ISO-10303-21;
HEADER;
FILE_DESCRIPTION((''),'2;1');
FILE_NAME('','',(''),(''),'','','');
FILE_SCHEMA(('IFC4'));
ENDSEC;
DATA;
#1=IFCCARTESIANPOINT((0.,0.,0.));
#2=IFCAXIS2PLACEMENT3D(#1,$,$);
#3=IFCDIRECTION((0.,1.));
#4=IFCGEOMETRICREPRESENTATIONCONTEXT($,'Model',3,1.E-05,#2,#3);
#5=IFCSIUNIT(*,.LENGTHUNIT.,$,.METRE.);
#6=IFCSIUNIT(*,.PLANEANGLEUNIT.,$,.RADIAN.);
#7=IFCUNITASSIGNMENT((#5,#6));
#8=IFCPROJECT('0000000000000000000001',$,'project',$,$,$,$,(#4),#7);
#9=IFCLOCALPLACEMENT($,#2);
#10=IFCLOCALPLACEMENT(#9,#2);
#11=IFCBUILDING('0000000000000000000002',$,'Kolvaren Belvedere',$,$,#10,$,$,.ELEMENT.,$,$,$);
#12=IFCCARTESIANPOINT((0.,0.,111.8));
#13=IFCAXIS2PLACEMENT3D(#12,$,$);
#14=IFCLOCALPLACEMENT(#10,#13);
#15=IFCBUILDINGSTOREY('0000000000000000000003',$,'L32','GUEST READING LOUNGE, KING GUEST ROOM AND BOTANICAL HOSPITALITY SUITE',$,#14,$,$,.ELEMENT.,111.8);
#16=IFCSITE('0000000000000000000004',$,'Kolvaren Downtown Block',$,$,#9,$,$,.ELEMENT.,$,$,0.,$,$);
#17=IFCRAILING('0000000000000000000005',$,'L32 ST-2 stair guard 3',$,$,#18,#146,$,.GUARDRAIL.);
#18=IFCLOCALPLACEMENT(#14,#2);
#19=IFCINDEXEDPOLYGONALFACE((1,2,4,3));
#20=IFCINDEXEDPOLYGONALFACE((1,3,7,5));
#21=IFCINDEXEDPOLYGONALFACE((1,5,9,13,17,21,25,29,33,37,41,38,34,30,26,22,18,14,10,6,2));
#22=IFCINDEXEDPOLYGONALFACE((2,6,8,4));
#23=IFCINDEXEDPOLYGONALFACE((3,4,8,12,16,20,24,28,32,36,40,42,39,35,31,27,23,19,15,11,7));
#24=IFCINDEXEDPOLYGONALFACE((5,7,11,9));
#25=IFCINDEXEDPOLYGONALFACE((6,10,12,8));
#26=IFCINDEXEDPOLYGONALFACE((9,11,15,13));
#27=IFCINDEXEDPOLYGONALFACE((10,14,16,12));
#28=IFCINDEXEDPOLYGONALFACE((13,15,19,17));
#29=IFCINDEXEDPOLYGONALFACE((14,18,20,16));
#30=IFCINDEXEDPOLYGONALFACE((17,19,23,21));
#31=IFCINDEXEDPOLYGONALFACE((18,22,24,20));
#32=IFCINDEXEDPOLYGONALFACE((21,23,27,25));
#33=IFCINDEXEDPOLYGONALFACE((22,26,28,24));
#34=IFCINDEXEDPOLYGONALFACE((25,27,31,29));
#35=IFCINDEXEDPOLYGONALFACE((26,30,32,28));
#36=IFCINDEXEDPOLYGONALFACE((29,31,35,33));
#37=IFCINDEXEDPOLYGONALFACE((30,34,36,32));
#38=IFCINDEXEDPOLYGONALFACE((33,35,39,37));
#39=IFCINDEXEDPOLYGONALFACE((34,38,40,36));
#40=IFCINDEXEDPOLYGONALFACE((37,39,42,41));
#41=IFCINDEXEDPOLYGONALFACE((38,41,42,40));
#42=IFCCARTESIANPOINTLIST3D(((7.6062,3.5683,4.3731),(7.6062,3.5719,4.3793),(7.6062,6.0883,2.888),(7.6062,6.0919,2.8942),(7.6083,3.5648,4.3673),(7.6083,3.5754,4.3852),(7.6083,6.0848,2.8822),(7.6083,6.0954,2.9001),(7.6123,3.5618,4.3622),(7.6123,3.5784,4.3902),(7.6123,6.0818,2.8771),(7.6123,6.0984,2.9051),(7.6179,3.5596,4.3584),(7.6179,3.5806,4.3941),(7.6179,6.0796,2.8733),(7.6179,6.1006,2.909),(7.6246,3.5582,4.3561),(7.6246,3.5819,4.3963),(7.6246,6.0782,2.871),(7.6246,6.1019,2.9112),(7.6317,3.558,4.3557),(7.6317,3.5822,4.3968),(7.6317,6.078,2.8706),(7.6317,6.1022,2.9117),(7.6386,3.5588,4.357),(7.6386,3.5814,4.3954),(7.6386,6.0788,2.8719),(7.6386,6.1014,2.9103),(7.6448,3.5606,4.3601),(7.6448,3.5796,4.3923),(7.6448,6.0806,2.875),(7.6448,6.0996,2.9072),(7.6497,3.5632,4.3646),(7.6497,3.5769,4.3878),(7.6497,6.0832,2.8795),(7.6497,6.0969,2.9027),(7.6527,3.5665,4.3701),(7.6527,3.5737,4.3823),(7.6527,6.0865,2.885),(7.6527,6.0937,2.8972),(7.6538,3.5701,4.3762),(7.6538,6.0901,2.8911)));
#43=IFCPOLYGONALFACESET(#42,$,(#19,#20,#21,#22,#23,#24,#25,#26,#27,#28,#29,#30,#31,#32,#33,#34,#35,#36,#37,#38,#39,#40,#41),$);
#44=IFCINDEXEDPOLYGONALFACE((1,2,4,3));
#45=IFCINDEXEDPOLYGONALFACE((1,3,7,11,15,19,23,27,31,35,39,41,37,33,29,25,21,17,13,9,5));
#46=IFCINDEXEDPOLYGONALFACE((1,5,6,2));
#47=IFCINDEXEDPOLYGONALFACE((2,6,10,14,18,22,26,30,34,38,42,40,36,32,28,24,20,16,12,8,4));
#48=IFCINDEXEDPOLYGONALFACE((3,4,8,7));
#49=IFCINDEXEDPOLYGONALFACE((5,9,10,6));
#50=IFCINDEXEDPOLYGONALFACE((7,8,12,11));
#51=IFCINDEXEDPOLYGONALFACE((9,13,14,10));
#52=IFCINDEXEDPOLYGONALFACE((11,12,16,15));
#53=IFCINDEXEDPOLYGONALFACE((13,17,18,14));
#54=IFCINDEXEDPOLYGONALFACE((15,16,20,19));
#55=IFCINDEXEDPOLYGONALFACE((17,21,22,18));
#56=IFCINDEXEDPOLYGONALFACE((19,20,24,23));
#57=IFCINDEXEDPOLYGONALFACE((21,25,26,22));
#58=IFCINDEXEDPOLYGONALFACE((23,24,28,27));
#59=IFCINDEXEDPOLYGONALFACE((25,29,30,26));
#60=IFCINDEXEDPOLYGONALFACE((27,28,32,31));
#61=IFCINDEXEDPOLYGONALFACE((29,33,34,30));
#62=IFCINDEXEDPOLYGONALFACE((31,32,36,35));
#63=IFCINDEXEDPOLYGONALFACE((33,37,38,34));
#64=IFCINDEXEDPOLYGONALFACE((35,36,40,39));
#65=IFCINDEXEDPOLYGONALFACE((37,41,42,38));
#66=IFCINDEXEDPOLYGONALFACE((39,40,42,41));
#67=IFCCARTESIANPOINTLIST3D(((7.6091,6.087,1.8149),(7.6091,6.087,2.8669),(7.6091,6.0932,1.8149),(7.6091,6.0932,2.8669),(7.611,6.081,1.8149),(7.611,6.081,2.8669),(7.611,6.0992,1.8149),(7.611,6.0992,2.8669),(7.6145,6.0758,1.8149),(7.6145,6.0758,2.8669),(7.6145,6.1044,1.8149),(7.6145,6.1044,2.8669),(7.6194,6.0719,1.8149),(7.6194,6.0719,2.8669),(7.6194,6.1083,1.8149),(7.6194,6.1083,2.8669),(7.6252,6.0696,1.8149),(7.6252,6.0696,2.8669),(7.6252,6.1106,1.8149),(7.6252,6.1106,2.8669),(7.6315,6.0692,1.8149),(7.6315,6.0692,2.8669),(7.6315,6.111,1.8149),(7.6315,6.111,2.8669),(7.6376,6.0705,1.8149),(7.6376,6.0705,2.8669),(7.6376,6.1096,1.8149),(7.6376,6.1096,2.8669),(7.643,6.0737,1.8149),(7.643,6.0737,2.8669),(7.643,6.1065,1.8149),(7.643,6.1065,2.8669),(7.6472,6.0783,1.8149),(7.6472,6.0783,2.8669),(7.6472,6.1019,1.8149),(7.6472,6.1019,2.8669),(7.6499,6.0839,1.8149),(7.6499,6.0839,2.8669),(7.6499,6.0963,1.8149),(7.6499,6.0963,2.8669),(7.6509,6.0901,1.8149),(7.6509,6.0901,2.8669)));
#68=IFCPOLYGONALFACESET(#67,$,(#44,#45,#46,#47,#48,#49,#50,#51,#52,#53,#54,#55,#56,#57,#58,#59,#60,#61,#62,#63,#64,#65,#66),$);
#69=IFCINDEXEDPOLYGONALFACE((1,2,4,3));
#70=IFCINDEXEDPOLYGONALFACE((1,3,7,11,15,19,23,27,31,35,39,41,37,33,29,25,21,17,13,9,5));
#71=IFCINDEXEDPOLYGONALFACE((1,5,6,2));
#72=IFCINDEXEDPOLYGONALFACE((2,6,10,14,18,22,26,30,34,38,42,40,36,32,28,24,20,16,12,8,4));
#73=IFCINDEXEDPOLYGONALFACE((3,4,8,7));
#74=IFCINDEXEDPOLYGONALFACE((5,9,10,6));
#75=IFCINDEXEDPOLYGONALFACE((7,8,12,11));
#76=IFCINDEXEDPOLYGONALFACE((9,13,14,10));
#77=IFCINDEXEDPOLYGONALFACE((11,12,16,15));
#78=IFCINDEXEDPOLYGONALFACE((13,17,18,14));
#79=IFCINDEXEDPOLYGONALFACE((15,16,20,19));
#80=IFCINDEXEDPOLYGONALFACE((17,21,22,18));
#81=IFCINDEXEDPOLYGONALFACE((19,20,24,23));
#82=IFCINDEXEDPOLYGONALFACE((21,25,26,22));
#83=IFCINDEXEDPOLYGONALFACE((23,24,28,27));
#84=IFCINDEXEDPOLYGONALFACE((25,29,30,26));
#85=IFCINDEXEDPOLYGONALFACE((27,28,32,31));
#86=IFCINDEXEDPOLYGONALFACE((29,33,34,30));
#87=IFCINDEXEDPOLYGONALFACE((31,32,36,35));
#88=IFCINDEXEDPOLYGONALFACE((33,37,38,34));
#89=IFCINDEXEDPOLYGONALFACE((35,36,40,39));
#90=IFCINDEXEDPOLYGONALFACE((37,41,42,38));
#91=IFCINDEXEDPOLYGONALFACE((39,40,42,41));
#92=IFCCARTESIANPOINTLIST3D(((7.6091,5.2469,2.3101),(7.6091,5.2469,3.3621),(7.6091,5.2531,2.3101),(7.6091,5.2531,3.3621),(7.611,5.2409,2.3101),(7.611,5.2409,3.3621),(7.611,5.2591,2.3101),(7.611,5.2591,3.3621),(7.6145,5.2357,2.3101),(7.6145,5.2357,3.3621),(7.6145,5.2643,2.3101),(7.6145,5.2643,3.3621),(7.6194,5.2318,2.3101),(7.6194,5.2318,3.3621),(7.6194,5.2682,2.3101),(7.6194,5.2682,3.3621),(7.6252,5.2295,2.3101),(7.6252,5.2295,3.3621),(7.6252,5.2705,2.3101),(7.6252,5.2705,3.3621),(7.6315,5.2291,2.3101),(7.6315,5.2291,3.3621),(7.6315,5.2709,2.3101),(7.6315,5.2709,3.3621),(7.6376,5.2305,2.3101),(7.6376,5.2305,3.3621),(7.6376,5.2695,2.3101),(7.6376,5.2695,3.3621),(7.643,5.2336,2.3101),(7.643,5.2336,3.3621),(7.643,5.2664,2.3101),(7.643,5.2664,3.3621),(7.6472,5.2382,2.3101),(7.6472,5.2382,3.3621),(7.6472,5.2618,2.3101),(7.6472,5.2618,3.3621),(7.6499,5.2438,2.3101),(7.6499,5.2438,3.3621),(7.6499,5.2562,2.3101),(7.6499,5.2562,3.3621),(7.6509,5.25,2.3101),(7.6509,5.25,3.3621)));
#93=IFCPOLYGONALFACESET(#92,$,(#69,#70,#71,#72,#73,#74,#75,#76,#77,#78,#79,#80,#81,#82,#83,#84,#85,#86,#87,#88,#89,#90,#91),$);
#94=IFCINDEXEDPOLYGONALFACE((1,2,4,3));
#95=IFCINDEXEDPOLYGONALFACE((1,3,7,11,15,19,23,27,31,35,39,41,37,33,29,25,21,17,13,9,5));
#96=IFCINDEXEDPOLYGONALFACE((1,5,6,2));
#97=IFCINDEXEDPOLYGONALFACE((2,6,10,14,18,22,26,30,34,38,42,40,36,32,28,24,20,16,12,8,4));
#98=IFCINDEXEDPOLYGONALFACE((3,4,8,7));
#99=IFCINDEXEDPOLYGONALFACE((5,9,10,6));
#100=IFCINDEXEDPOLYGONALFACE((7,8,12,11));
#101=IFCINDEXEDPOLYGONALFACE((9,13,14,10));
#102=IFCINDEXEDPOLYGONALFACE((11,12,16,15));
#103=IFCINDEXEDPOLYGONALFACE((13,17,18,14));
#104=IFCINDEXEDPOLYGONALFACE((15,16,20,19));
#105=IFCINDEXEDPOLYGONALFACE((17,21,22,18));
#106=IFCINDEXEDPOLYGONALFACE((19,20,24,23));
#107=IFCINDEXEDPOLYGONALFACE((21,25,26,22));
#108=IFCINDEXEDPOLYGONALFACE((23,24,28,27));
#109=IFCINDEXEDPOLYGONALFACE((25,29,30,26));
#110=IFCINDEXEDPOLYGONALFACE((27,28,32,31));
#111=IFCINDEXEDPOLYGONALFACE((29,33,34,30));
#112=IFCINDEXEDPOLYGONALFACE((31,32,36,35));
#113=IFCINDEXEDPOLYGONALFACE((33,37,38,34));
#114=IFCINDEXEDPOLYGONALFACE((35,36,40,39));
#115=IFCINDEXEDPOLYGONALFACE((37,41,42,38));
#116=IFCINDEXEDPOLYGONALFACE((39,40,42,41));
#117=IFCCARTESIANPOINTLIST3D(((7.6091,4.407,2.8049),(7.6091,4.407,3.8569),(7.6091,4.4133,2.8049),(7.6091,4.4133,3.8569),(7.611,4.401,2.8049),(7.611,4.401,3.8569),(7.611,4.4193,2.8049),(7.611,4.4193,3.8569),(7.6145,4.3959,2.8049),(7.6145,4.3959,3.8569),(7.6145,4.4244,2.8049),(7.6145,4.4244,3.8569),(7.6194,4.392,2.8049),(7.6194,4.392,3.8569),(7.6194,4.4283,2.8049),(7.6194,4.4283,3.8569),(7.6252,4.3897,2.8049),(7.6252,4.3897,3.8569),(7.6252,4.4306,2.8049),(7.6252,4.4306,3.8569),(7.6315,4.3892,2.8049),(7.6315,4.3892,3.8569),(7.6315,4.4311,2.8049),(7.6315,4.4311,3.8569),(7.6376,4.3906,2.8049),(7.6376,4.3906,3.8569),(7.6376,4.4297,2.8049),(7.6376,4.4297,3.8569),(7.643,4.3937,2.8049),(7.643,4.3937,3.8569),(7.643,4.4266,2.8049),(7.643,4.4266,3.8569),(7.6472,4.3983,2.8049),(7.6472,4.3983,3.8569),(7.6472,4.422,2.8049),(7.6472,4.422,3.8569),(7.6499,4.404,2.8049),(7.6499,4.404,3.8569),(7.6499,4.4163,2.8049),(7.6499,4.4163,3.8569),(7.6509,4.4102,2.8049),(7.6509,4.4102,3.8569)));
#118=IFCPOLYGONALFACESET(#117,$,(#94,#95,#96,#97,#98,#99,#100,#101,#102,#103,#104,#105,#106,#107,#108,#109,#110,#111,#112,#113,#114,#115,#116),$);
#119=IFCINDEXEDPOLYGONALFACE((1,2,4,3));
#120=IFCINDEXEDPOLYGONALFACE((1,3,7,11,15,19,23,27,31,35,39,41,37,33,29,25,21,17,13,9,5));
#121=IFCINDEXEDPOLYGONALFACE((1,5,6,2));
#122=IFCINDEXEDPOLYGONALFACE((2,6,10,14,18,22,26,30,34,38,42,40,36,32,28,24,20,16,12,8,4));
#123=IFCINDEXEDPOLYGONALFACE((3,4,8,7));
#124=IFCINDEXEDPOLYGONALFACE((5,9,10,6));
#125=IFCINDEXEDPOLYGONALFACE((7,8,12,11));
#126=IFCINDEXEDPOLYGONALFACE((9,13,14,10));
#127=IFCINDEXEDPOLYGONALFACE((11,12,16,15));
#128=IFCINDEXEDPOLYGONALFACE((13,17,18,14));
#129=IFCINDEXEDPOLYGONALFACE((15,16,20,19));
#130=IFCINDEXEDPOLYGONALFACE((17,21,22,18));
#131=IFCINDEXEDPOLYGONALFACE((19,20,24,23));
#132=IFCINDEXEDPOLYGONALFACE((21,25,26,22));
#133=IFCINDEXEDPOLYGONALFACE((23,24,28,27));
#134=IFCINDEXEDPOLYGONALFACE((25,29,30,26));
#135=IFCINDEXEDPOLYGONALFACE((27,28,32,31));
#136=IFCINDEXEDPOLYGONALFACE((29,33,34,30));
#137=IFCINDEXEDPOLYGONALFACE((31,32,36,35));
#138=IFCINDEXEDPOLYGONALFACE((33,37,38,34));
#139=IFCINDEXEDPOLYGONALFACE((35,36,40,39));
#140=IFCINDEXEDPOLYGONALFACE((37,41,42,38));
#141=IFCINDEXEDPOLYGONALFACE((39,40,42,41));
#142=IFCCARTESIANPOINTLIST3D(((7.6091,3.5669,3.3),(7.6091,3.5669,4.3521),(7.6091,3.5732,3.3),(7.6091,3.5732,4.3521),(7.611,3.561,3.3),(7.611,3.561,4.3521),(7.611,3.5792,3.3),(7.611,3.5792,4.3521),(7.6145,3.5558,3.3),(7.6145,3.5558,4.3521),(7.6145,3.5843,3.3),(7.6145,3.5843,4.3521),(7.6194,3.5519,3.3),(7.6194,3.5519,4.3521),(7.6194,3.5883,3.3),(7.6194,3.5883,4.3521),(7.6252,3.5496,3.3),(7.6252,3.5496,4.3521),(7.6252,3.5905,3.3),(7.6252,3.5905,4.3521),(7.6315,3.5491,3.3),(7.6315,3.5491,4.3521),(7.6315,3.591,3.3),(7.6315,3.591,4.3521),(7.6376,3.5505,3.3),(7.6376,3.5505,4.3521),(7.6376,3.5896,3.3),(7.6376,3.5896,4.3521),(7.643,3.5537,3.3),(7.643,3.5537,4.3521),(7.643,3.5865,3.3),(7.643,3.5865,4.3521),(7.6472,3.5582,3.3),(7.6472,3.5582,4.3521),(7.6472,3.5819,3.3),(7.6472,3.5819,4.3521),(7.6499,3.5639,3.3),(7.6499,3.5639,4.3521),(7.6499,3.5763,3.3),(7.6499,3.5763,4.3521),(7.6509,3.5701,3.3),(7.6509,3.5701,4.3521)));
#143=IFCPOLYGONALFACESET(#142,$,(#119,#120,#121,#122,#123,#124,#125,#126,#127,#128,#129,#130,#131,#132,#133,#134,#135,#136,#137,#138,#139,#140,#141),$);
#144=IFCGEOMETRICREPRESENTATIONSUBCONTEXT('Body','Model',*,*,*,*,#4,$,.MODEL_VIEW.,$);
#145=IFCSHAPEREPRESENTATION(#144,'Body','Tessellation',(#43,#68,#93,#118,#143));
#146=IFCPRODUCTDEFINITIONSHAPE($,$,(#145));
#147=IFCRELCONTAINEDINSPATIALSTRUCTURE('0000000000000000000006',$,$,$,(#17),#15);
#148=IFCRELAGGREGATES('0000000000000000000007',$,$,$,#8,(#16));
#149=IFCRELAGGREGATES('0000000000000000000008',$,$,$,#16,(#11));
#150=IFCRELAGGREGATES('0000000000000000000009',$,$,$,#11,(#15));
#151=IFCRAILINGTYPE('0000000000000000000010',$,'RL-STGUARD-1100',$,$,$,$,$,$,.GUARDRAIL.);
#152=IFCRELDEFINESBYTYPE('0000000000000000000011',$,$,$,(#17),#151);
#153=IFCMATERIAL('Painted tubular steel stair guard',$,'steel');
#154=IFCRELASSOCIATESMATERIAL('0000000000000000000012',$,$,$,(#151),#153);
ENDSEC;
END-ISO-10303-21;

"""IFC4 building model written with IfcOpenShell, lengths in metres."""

from ifc_helpers import new_model, si_unit, direction, frame, origin, origin_2d, place, context, subcontext, project, spatial, circle, extrude, material, type_object, element, save


model = new_model("IFC4")

# Units and contexts
model_context = context("Model", 3, precision=1e-05, world=origin(), true_north=direction((0.0, 1.0)))
body_context = subcontext(model_context, "Body", "Model", "MODEL_VIEW")
ifc_project = project(units=[si_unit("LENGTHUNIT", "METRE"), si_unit("PLANEANGLEUNIT", "RADIAN")], contexts=[model_context])

# Site, building, storey
site_placement = place(None, origin())
site = spatial("IfcSite", under=ifc_project, at=site_placement, Name="Kolvaren Downtown Block", CompositionType="ELEMENT", RefElevation=0.0)
building_placement = place(site_placement, origin())
building = spatial("IfcBuilding", under=site, at=building_placement, Name="Kolvaren Belvedere", CompositionType="ELEMENT")
storey_placement = place(building_placement, frame((0.0, 0.0, 111.8)))
storey = spatial("IfcBuildingStorey", under=building, at=storey_placement, Name="L32", Description="GUEST READING LOUNGE, KING GUEST ROOM AND BOTANICAL HOSPITALITY SUITE", CompositionType="ELEMENT", Elevation=111.8)

# Railing
ifc_material_1 = material(Name="Painted tubular steel stair guard", Category="steel")
railing_type_1 = type_object("IfcRailingType", Name="RL-STGUARD-1100", PredefinedType="GUARDRAIL", material=ifc_material_1)
railing_1_placement = place(storey_placement, frame((7.6299, 6.0901, 1.8149)))
element("IfcRailing", 1, at=railing_1_placement, inside=storey, type_object=railing_type_1, Name="L32 ST-2 stair guard 3", PredefinedType="GUARDRAIL", context=body_context, shape_type="SweptSolid", body=[
    extrude(circle(Radius=0.0239, at=origin_2d()), frame((0.0, 0.0, 1.0762), z_axis=(0.0, -0.861524, 0.507717), x_axis=(1.0, 0.0, 0.0)), (0.0, 0.0, 1.0), 2.925),
    extrude(circle(Radius=0.021, at=origin_2d()), origin(), (0.0, 0.0, 1.0), 1.052),
    extrude(circle(Radius=0.021, at=origin_2d()), frame((0.0, -0.8401, 0.4951)), (0.0, 0.0, 1.0), 1.052),
    extrude(circle(Radius=0.021, at=origin_2d()), frame((0.0, -1.6799, 0.99)), (0.0, 0.0, 1.0), 1.052),
    extrude(circle(Radius=0.021, at=origin_2d()), frame((0.0, -2.52, 1.4851)), (0.0, 0.0, 1.0), 1.052),
])

save(model, "model.ifc")
